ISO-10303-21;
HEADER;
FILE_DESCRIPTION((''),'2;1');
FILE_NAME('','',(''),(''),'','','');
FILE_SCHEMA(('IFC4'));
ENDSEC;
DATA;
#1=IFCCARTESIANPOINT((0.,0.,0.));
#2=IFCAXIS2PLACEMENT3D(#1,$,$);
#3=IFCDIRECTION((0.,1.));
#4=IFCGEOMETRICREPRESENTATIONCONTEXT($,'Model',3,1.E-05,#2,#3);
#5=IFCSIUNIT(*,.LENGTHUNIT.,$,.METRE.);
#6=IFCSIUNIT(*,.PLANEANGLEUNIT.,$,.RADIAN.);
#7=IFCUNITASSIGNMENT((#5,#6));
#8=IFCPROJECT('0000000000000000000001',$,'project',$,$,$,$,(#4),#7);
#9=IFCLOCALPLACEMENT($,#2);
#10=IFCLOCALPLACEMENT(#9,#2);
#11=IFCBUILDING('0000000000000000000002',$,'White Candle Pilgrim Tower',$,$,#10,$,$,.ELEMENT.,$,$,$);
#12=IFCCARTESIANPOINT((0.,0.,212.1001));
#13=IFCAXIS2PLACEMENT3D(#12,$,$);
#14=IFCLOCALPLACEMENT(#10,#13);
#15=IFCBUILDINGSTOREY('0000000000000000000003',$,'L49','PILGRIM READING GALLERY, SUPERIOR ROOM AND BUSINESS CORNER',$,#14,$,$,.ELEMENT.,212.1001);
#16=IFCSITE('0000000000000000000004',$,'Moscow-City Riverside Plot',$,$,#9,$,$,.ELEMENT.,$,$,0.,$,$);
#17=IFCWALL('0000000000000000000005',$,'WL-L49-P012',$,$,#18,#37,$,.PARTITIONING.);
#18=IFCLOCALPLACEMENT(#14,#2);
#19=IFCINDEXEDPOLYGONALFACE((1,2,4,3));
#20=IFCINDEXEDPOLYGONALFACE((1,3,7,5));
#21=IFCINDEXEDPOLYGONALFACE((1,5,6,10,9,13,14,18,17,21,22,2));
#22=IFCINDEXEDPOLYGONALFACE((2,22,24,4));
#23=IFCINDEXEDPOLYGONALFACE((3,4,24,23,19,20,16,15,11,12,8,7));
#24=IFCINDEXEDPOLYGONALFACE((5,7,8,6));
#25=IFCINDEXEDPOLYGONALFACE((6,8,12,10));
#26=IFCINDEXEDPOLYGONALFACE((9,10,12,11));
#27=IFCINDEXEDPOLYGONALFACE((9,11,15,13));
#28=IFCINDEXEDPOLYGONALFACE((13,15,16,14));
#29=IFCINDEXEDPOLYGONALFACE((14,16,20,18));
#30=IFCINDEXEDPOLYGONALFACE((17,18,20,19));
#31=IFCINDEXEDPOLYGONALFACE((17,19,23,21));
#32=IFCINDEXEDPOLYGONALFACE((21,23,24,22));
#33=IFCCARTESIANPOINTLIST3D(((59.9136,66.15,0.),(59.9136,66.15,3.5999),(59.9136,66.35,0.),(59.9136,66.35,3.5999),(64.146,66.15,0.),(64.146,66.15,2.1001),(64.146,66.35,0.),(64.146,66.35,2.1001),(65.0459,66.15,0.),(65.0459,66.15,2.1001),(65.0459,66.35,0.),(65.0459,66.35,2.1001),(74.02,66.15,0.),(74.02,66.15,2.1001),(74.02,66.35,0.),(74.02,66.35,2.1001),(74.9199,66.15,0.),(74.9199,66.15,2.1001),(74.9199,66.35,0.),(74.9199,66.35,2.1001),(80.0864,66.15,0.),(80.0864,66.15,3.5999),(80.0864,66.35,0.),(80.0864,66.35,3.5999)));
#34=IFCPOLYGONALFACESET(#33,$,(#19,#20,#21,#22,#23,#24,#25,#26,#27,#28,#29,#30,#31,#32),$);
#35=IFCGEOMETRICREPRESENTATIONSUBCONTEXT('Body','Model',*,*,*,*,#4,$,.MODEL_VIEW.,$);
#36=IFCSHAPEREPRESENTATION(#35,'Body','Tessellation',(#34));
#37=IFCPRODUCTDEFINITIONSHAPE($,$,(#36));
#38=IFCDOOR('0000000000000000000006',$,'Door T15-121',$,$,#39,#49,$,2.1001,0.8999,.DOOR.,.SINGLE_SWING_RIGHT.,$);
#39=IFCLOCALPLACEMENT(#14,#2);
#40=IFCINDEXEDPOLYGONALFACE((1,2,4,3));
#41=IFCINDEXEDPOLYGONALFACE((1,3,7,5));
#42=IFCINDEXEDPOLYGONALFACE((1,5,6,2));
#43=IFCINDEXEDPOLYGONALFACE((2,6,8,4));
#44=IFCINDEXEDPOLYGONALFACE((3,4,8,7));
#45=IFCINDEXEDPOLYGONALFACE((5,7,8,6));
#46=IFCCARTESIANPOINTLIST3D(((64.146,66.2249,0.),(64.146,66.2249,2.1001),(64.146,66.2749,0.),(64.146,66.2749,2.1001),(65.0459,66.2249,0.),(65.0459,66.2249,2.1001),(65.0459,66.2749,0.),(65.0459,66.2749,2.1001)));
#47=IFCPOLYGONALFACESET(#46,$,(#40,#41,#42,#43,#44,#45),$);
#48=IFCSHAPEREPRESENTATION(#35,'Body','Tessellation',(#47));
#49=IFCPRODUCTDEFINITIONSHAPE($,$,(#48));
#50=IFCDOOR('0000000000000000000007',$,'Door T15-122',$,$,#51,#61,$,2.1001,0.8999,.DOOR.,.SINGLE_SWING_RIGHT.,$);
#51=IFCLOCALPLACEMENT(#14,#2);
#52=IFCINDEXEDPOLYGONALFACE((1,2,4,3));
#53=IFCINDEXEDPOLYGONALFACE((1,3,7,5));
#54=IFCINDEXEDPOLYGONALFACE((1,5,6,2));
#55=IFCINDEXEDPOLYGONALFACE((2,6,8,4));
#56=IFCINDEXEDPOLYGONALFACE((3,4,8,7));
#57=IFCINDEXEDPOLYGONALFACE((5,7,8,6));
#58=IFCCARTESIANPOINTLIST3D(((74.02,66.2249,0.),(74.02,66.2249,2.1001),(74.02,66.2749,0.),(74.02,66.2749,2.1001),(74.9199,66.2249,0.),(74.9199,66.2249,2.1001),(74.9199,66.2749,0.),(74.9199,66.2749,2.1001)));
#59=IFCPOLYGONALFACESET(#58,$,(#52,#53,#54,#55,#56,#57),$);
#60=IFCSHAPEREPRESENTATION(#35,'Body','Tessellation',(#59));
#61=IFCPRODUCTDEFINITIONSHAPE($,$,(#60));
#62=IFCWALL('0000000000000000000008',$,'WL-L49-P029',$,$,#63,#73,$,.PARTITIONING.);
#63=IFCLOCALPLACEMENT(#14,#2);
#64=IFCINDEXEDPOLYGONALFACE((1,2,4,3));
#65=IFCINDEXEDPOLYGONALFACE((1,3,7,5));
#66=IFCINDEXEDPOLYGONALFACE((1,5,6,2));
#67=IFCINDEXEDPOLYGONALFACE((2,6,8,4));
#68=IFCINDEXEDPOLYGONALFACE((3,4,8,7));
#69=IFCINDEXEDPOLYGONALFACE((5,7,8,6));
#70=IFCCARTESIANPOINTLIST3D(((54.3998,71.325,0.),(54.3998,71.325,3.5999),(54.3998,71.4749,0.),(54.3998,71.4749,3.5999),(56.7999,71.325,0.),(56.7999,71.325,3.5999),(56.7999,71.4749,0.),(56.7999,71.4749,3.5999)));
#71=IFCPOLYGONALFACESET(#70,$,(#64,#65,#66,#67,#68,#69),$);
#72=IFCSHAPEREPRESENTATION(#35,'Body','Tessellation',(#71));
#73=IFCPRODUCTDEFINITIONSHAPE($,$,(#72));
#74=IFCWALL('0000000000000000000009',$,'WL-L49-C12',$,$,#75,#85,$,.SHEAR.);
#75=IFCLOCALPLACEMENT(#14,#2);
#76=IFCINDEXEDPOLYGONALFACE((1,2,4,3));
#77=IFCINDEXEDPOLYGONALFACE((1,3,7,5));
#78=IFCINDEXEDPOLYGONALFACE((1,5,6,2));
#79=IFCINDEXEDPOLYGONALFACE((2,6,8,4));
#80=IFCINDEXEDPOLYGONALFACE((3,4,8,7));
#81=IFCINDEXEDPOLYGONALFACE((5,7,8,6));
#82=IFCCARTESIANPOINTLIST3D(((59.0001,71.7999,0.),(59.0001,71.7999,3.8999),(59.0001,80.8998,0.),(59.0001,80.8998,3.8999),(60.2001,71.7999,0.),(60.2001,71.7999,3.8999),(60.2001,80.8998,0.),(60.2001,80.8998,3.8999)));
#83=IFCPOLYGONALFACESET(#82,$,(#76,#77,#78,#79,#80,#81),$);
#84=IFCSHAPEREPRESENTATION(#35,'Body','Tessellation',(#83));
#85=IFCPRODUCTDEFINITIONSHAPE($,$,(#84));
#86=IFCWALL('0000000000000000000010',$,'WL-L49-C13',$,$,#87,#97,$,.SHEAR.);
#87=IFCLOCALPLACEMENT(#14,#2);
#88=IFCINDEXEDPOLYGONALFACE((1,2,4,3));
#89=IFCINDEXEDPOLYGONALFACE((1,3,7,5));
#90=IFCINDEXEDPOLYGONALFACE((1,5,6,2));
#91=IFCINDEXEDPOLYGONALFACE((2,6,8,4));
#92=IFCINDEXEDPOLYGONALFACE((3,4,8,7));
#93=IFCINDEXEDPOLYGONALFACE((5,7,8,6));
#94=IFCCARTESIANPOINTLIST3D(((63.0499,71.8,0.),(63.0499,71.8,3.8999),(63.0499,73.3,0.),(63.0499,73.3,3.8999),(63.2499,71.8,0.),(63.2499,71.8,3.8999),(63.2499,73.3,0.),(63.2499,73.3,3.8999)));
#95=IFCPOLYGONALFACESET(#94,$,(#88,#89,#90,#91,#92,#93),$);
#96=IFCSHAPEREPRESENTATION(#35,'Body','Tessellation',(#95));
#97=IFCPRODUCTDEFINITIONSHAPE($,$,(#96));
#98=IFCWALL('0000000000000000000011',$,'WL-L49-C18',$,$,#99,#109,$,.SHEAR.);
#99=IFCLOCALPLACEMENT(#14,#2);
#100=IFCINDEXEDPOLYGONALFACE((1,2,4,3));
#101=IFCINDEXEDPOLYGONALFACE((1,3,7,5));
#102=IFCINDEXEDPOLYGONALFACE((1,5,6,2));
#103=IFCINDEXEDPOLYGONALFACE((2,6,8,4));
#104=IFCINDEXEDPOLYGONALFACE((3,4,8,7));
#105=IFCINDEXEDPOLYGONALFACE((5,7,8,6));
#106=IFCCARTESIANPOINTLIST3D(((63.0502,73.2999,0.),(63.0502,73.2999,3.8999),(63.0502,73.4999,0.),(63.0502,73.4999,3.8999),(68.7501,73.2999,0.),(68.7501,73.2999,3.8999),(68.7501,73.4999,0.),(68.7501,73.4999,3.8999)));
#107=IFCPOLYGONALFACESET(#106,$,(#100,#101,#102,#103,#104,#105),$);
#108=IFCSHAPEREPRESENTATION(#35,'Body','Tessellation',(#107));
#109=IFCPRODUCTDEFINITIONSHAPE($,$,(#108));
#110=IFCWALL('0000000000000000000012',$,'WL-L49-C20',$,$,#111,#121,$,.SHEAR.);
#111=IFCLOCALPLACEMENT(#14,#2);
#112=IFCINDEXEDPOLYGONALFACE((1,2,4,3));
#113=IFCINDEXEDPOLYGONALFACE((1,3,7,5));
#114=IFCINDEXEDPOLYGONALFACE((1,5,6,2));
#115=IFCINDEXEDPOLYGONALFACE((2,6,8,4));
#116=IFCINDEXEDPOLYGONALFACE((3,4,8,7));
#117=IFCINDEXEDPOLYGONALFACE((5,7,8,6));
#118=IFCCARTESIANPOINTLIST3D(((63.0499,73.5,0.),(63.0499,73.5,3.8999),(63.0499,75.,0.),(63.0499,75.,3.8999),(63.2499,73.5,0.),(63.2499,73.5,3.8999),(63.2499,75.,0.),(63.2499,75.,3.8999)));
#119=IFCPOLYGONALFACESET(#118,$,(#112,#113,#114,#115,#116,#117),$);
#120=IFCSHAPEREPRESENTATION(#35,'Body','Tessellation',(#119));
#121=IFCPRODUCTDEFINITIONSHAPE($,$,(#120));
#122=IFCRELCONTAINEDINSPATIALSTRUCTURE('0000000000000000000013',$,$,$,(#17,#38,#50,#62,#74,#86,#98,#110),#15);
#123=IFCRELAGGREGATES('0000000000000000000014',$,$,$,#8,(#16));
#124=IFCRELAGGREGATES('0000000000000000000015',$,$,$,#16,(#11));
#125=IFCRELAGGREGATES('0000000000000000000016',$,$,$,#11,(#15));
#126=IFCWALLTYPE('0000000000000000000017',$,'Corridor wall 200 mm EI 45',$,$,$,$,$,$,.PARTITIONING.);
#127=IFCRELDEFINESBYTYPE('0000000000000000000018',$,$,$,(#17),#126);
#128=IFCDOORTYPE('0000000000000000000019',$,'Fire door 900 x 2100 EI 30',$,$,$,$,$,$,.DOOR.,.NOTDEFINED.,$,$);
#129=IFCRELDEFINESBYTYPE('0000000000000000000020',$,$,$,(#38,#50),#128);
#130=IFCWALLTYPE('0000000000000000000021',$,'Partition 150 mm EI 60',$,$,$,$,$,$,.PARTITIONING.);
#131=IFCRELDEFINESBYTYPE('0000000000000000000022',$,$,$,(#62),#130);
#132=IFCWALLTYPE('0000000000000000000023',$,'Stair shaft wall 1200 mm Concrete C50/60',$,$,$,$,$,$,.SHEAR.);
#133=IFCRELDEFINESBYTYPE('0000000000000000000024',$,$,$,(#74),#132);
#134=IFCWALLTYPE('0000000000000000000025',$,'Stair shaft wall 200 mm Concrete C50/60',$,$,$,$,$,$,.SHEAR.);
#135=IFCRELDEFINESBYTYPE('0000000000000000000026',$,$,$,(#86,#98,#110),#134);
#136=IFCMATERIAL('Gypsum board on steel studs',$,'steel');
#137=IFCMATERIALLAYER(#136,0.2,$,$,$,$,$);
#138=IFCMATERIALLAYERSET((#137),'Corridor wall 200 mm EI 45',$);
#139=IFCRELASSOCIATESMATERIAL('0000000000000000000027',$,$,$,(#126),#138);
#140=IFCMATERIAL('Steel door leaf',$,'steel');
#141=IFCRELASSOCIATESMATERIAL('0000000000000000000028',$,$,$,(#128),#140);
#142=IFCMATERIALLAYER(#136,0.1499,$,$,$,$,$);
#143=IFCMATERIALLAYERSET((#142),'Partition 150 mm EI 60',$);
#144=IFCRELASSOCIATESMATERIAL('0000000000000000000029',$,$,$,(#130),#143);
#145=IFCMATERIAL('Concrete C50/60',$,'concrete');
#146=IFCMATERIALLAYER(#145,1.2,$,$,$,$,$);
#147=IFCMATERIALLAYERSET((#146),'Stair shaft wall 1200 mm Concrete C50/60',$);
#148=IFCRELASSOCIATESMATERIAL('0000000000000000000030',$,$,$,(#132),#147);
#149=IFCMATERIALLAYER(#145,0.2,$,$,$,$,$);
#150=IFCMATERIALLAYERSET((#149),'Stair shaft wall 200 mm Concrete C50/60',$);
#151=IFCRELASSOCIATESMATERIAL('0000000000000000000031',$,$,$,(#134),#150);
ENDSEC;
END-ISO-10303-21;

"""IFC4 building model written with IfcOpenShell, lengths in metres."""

from ifc_helpers import new_model, si_unit, direction, frame, frame_2d, origin, place, context, subcontext, project, spatial, rectangle, extrude, material, layer, layer_set, type_object, element, fill, save


model = new_model("IFC4")

# Units and contexts
model_context = context("Model", 3, precision=1e-05, world=origin(), true_north=direction((0.0, 1.0)))
body_context = subcontext(model_context, "Body", "Model", "MODEL_VIEW")
ifc_project = project(units=[si_unit("LENGTHUNIT", "METRE"), si_unit("PLANEANGLEUNIT", "RADIAN")], contexts=[model_context])

# Site, building, storey
site_placement = place(None, origin())
site = spatial("IfcSite", under=ifc_project, at=site_placement, Name="Moscow-City Riverside Plot", CompositionType="ELEMENT", RefElevation=0.0)
building_placement = place(site_placement, origin())
building = spatial("IfcBuilding", under=site, at=building_placement, Name="White Candle Pilgrim Tower", CompositionType="ELEMENT")
storey_placement = place(building_placement, frame((0.0, 0.0, 212.1001)))
storey = spatial("IfcBuildingStorey", under=building, at=storey_placement, Name="L49", Description="PILGRIM READING GALLERY, SUPERIOR ROOM AND BUSINESS CORNER", CompositionType="ELEMENT", Elevation=212.1001)

# Shared definitions
ifc_material_1 = material(Name="Gypsum board on steel studs", Category="steel")
ifc_layer_1 = layer(ifc_material_1, 0.2)
ifc_layer_set_1 = layer_set([ifc_layer_1], Name="Corridor wall 200 mm EI 45")
wall_type_1 = type_object("IfcWallType", Name="Corridor wall 200 mm EI 45", PredefinedType="PARTITIONING", material=ifc_layer_set_1)
ifc_material_2 = material(Name="Steel door leaf", Category="steel")
door_type_1 = type_object("IfcDoorType", Name="Fire door 900 x 2100 EI 30", OperationType="NOTDEFINED", PredefinedType="DOOR", material=ifc_material_2)

# Wall, openings, doors
wall_1_placement = place(storey_placement, frame((59.9136, 66.25, 0.0), z_axis=(0.0, 0.0, 1.0), x_axis=(1.0, 0.0, 0.0)))
wall_1 = element("IfcWall", 1, at=wall_1_placement, inside=storey, type_object=wall_type_1, Name="WL-L49-P012", PredefinedType="PARTITIONING", context=body_context, shape_type="SweptSolid", body=[
    extrude(rectangle(XDim=20.1729, YDim=0.2, at=frame_2d((10.0864, 0.0))), origin(), (0.0, 0.0, 1.0), 3.5999),
])
opening_1_placement = place(wall_1_placement, frame((4.2324, 0.0, 0.0)))
opening_1 = element("IfcOpeningElement", 2, at=opening_1_placement, cuts=wall_1, PredefinedType="OPENING", context=body_context, shape_type="SweptSolid", body=[
    extrude(rectangle(XDim=0.8999, YDim=2.1001, at=frame_2d((0.45, 1.05))), frame((0.0, 0.1099, 0.0), z_axis=(0.0, -1.0, 0.0), x_axis=(1.0, 0.0, 0.0)), (0.0, 0.0, 1.0), 0.22),
])
opening_2_placement = place(wall_1_placement, frame((14.1064, 0.0, 0.0)))
opening_2 = element("IfcOpeningElement", 3, at=opening_2_placement, cuts=wall_1, PredefinedType="OPENING", context=body_context, shape_type="SweptSolid", body=[
    extrude(rectangle(XDim=0.8999, YDim=2.1001, at=frame_2d((0.45, 1.05))), frame((0.0, 0.1099, 0.0), z_axis=(0.0, -1.0, 0.0), x_axis=(1.0, 0.0, 0.0)), (0.0, 0.0, 1.0), 0.22),
])
door_1_placement = place(opening_1_placement, origin())
door_1 = element("IfcDoor", 4, at=door_1_placement, inside=storey, type_object=door_type_1, Name="Door T15-121", OperationType="SINGLE_SWING_RIGHT", OverallHeight=2.1001, OverallWidth=0.8999, PredefinedType="DOOR", context=body_context, shape_type="SweptSolid", body=[
    extrude(rectangle(XDim=0.8999, YDim=2.1001, at=frame_2d((0.45, 1.05))), frame((0.0, 0.0249, 0.0), z_axis=(0.0, -1.0, 0.0), x_axis=(1.0, 0.0, 0.0)), (0.0, 0.0, 1.0), 0.05),
])
fill(opening_1, door_1)
door_2_placement = place(opening_2_placement, origin())
door_2 = element("IfcDoor", 5, at=door_2_placement, inside=storey, type_object=door_type_1, Name="Door T15-122", OperationType="SINGLE_SWING_RIGHT", OverallHeight=2.1001, OverallWidth=0.8999, PredefinedType="DOOR", context=body_context, shape_type="SweptSolid", body=[
    extrude(rectangle(XDim=0.8999, YDim=2.1001, at=frame_2d((0.45, 1.05))), frame((0.0, 0.0249, 0.0), z_axis=(0.0, -1.0, 0.0), x_axis=(1.0, 0.0, 0.0)), (0.0, 0.0, 1.0), 0.05),
])
fill(opening_2, door_2)

# Walls
ifc_layer_2 = layer(ifc_material_1, 0.1499)
ifc_layer_set_2 = layer_set([ifc_layer_2], Name="Partition 150 mm EI 60")
wall_type_2 = type_object("IfcWallType", Name="Partition 150 mm EI 60", PredefinedType="PARTITIONING", material=ifc_layer_set_2)
wall_2_placement = place(storey_placement, frame((56.8, 71.3999, 0.0), z_axis=(0.0, 0.0, 1.0), x_axis=(-1.0, 0.0, 0.0)))
element("IfcWall", 6, at=wall_2_placement, inside=storey, type_object=wall_type_2, Name="WL-L49-P029", PredefinedType="PARTITIONING", context=body_context, shape_type="SweptSolid", body=[
    extrude(rectangle(XDim=2.4001, YDim=0.1499, at=frame_2d((1.2002, 0.0))), origin(), (0.0, 0.0, 1.0), 3.5999),
])
ifc_material_3 = material(Name="Concrete C50/60", Category="concrete")
ifc_layer_3 = layer(ifc_material_3, 1.2)
ifc_layer_set_3 = layer_set([ifc_layer_3], Name="Stair shaft wall 1200 mm Concrete C50/60")
wall_type_3 = type_object("IfcWallType", Name="Stair shaft wall 1200 mm Concrete C50/60", PredefinedType="SHEAR", material=ifc_layer_set_3)
wall_3_placement = place(storey_placement, frame((59.6001, 71.8, 0.0), z_axis=(0.0, 0.0, 1.0), x_axis=(0.0, 1.0, 0.0)))
element("IfcWall", 7, at=wall_3_placement, inside=storey, type_object=wall_type_3, Name="WL-L49-C12", PredefinedType="SHEAR", context=body_context, shape_type="SweptSolid", body=[
    extrude(rectangle(XDim=9.0999, YDim=1.2, at=frame_2d((4.5498, 0.0))), origin(), (0.0, 0.0, 1.0), 3.8999),
])
ifc_layer_4 = layer(ifc_material_3, 0.2)
ifc_layer_set_4 = layer_set([ifc_layer_4], Name="Stair shaft wall 200 mm Concrete C50/60")
wall_type_4 = type_object("IfcWallType", Name="Stair shaft wall 200 mm Concrete C50/60", PredefinedType="SHEAR", material=ifc_layer_set_4)
wall_4_placement = place(storey_placement, frame((63.1499, 71.8, 0.0), z_axis=(0.0, 0.0, 1.0), x_axis=(0.0, 1.0, 0.0)))
element("IfcWall", 8, at=wall_4_placement, inside=storey, type_object=wall_type_4, Name="WL-L49-C13", PredefinedType="SHEAR", context=body_context, shape_type="SweptSolid", body=[
    extrude(rectangle(XDim=1.5, YDim=0.2, at=frame_2d((0.75, 0.0))), origin(), (0.0, 0.0, 1.0), 3.8999),
])
wall_5_placement = place(storey_placement, frame((63.05, 73.3999, 0.0), z_axis=(0.0, 0.0, 1.0), x_axis=(1.0, 0.0, 0.0)))
element("IfcWall", 9, at=wall_5_placement, inside=storey, type_object=wall_type_4, Name="WL-L49-C18", PredefinedType="SHEAR", context=body_context, shape_type="SweptSolid", body=[
    extrude(rectangle(XDim=5.7, YDim=0.2, at=frame_2d((2.8501, 0.0))), origin(), (0.0, 0.0, 1.0), 3.8999),
])
wall_6_placement = place(storey_placement, frame((63.1499, 73.5, 0.0), z_axis=(0.0, 0.0, 1.0), x_axis=(0.0, 1.0, 0.0)))
element("IfcWall", 10, at=wall_6_placement, inside=storey, type_object=wall_type_4, Name="WL-L49-C20", PredefinedType="SHEAR", context=body_context, shape_type="SweptSolid", body=[
    extrude(rectangle(XDim=1.5, YDim=0.2, at=frame_2d((0.75, 0.0))), origin(), (0.0, 0.0, 1.0), 3.8999),
])

save(model, "model.ifc")
